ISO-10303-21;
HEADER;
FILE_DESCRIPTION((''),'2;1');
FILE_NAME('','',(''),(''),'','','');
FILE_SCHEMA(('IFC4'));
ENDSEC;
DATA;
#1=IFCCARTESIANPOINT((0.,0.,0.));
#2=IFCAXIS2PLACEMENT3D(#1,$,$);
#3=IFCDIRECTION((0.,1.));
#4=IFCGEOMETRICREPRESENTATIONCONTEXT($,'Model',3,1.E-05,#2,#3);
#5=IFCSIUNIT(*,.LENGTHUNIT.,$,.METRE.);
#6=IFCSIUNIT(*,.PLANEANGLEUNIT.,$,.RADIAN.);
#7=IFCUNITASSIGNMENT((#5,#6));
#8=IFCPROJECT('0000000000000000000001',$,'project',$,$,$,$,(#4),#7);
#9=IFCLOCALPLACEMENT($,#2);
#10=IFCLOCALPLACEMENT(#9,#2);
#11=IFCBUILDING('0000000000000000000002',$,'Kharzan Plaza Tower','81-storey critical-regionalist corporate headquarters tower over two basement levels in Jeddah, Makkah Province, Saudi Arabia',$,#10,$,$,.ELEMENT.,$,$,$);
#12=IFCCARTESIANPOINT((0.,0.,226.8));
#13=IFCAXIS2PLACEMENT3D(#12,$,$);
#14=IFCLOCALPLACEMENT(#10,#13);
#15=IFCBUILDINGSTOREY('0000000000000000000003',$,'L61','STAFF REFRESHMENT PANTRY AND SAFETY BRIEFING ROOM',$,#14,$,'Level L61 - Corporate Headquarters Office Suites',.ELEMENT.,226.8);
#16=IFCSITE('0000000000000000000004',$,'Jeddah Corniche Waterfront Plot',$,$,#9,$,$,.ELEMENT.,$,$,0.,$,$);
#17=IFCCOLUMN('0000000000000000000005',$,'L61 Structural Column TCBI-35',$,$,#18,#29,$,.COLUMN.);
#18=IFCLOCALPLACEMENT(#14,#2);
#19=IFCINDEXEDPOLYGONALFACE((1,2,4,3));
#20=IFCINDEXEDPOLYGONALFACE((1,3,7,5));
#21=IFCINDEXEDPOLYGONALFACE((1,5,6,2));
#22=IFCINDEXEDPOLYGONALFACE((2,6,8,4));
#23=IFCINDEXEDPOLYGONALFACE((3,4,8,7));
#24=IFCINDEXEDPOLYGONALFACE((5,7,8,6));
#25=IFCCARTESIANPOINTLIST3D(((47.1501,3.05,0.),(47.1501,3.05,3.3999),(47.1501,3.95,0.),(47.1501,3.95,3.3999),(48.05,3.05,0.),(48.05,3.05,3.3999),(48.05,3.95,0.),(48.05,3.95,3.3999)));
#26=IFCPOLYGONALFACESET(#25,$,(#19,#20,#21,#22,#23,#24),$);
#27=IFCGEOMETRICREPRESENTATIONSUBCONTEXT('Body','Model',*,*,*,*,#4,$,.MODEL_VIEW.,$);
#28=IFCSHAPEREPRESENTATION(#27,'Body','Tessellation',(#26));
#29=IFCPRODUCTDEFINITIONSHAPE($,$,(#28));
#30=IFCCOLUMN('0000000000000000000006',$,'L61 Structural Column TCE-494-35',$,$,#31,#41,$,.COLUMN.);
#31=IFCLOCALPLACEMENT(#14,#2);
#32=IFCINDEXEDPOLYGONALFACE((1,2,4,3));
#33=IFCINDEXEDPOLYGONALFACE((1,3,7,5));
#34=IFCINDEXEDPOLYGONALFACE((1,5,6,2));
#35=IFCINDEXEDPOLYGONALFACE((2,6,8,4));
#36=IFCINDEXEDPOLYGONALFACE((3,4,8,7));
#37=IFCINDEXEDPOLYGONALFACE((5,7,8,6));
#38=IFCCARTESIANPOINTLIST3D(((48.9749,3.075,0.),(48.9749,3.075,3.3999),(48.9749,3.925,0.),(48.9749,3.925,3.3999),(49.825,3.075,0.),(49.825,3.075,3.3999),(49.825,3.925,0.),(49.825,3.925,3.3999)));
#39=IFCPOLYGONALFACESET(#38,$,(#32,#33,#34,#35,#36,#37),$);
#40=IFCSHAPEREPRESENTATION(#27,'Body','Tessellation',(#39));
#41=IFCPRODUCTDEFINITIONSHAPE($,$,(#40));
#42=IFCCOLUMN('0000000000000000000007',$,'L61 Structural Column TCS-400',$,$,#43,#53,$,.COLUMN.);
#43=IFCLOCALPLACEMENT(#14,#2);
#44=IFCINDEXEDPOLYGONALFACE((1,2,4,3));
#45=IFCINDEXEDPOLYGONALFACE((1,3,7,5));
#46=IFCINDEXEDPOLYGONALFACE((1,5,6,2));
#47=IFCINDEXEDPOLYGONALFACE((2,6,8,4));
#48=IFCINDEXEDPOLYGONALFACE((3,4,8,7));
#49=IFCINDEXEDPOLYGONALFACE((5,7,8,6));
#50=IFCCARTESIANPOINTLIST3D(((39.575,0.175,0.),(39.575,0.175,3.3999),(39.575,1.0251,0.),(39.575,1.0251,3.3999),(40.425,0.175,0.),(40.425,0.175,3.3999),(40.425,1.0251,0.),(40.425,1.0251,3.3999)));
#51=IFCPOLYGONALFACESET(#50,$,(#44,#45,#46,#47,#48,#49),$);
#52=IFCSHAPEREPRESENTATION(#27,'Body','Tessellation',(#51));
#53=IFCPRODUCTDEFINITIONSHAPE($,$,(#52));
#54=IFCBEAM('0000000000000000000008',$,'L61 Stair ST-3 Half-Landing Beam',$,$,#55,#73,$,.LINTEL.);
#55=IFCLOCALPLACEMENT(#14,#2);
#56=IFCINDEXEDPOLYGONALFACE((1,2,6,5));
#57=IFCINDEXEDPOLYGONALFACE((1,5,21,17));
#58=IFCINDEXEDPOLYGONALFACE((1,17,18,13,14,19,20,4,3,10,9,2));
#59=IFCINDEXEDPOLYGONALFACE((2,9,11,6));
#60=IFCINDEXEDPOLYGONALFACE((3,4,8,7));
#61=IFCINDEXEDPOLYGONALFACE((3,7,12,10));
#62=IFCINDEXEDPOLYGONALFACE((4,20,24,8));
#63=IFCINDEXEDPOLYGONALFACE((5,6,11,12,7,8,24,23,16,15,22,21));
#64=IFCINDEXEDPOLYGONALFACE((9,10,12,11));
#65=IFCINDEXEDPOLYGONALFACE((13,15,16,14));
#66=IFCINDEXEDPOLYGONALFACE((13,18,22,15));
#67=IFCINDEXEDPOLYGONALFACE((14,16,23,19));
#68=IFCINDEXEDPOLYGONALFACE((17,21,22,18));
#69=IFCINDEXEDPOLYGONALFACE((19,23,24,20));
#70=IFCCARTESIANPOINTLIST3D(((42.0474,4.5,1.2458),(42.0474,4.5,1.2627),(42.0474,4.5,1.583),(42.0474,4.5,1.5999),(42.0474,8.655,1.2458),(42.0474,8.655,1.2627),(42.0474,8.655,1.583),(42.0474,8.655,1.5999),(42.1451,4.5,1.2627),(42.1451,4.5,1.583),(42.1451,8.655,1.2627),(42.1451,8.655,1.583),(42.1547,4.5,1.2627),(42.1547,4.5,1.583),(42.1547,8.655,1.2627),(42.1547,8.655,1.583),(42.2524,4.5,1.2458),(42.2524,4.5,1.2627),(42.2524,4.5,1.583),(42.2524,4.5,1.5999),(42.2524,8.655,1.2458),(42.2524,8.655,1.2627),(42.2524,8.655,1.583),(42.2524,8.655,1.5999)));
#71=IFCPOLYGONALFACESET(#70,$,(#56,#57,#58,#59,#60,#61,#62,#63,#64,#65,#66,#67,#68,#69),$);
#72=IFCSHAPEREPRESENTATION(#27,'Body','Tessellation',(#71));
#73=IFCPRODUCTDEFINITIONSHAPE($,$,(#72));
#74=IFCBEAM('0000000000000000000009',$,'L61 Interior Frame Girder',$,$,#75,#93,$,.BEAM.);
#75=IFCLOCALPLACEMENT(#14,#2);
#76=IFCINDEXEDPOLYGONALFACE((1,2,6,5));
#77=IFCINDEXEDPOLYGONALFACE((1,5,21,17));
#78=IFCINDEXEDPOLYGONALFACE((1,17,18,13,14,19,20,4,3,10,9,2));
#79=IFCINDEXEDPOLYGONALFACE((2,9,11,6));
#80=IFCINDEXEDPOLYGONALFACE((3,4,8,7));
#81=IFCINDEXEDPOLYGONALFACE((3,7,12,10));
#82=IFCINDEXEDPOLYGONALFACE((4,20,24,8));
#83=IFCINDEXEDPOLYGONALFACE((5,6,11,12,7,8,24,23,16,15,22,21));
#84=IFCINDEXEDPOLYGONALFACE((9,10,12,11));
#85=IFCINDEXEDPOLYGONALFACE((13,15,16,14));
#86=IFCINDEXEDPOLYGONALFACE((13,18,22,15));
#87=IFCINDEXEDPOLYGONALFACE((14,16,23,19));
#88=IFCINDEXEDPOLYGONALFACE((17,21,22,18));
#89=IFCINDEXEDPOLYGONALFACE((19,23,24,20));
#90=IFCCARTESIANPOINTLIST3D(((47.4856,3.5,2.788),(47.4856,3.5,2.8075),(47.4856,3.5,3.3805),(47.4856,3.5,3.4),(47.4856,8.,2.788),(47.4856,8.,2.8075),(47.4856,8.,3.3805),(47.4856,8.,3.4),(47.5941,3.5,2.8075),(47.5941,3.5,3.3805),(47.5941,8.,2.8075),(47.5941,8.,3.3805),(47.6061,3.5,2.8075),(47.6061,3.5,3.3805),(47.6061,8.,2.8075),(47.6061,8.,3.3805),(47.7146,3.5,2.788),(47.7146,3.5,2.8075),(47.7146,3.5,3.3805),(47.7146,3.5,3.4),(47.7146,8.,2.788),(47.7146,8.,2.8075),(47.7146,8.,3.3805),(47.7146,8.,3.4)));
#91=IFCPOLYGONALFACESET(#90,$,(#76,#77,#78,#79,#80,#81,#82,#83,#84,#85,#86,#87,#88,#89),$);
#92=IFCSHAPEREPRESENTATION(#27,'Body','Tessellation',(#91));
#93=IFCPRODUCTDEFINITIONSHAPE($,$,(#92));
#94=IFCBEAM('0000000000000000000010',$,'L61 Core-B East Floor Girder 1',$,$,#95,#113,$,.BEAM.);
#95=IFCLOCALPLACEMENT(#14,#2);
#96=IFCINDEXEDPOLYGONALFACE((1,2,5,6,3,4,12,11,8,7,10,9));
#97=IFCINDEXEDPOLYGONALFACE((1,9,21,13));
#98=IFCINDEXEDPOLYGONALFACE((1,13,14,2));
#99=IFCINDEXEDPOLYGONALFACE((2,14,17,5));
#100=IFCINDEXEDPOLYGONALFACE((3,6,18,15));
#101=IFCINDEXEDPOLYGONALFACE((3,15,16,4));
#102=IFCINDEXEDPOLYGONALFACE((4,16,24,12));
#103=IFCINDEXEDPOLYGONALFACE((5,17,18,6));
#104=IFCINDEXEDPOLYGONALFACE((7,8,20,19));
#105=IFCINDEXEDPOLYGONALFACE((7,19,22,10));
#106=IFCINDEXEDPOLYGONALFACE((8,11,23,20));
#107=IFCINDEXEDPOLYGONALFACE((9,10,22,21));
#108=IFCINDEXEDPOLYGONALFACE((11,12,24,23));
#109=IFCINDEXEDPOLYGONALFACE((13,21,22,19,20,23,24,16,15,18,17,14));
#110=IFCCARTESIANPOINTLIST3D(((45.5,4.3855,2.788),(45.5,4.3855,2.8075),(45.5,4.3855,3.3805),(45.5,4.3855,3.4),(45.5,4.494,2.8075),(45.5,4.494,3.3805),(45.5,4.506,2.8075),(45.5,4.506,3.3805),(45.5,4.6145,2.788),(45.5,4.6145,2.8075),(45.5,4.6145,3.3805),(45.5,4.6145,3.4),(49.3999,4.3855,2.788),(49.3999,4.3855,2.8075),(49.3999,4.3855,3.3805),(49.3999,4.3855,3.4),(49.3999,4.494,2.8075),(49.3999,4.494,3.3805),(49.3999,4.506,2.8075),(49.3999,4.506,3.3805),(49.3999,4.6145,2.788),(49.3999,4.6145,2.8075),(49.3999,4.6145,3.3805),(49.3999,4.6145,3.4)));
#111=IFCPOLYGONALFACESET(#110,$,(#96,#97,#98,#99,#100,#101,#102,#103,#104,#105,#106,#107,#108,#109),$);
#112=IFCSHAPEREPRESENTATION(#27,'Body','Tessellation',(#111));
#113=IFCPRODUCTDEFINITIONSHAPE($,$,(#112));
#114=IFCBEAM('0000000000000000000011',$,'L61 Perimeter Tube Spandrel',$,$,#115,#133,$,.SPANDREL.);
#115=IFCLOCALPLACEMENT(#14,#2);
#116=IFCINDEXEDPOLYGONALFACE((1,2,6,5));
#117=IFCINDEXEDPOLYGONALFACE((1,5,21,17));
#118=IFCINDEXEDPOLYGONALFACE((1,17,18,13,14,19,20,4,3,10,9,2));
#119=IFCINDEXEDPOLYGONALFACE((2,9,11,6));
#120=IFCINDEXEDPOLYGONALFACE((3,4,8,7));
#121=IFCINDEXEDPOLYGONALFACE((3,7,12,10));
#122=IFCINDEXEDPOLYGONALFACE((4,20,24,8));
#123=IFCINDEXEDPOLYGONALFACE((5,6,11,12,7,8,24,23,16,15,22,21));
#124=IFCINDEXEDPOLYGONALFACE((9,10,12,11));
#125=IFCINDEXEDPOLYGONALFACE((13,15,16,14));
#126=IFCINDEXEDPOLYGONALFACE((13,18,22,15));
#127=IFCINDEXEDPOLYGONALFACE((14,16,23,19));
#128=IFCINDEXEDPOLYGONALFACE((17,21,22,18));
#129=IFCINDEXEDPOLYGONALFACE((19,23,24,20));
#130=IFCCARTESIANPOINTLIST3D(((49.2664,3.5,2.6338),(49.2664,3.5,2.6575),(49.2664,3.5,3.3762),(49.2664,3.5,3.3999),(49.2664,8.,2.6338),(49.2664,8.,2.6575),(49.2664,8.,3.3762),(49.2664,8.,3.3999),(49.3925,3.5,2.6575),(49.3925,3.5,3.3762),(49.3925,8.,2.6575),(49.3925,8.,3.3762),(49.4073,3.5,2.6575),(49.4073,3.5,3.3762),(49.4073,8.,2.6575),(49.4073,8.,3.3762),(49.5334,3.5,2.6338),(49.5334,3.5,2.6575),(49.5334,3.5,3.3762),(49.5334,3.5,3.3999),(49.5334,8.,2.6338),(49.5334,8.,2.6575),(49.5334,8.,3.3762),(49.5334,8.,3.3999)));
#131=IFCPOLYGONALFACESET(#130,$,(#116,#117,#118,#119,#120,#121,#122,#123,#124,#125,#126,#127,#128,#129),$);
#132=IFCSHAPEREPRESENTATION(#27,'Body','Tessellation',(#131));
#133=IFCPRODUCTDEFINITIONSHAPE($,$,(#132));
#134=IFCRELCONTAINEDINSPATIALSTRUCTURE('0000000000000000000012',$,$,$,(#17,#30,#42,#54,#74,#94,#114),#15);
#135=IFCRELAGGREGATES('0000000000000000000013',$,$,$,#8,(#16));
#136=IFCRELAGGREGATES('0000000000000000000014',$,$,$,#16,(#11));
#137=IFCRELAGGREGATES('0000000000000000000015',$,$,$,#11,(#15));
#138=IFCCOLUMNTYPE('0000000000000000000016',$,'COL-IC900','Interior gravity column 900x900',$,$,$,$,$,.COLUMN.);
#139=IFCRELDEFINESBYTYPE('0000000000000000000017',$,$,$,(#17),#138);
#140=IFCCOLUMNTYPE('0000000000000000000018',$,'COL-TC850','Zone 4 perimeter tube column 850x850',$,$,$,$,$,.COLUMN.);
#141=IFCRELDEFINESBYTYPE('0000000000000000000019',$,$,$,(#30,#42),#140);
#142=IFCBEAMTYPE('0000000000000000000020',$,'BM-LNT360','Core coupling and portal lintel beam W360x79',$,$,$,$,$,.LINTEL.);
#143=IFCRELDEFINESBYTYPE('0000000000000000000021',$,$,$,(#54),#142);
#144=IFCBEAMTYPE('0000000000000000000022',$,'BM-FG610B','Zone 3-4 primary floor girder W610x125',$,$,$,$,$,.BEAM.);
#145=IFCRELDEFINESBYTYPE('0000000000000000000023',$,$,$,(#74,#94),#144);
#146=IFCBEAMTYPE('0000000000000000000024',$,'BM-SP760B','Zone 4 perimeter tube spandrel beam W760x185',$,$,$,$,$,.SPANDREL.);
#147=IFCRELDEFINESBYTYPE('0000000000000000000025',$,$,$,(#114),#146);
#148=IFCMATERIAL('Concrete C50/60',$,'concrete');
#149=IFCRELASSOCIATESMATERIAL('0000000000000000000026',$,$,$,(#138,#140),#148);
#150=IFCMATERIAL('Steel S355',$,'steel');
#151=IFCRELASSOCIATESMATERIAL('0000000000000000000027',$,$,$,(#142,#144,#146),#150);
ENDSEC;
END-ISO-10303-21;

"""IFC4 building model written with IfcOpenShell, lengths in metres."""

from ifc_helpers import new_model, si_unit, direction, frame, origin, origin_2d, place, context, subcontext, project, spatial, rectangle, i_section, extrude, source, transform, mapped, material, material_profile, profile_set, type_object, element, save


model = new_model("IFC4")

# Units and contexts
model_context = context("Model", 3, precision=1e-05, world=origin(), true_north=direction((0.0, 1.0)))
body_context = subcontext(model_context, "Body", "Model", "MODEL_VIEW")
ifc_project = project(units=[si_unit("LENGTHUNIT", "METRE"), si_unit("PLANEANGLEUNIT", "RADIAN")], contexts=[model_context])

# Site, building, storey
site_placement = place(None, origin())
site = spatial("IfcSite", under=ifc_project, at=site_placement, Name="Jeddah Corniche Waterfront Plot", CompositionType="ELEMENT", RefElevation=0.0)
building_placement = place(site_placement, origin())
building = spatial("IfcBuilding", under=site, at=building_placement, Name="Kharzan Plaza Tower", Description="81-storey critical-regionalist corporate headquarters tower over two basement levels in Jeddah, Makkah Province, Saudi Arabia", CompositionType="ELEMENT")
storey_placement = place(building_placement, frame((0.0, 0.0, 226.8)))
storey = spatial("IfcBuildingStorey", under=building, at=storey_placement, Name="L61", Description="STAFF REFRESHMENT PANTRY AND SAFETY BRIEFING ROOM", LongName="Level L61 - Corporate Headquarters Office Suites", CompositionType="ELEMENT", Elevation=226.8)

# Columns
ifc_material_1 = material(Name="Concrete C50/60", Category="concrete")
ifc_material_profile_1 = material_profile(ifc_material_1, rectangle(XDim=0.8999, YDim=0.8999, at=origin_2d()), Name="RC-IC900x900")
ifc_profile_set_1 = profile_set([ifc_material_profile_1], Name="Concrete C50/60")
column_type_1 = type_object("IfcColumnType", Name="COL-IC900", Description="Interior gravity column 900x900", PredefinedType="COLUMN", material=ifc_profile_set_1)
shared_shape_1 = source(origin(), body_context, "Body", "SweptSolid", [
    extrude(rectangle(XDim=0.8999, YDim=0.8999, at=origin_2d()), origin(), (0.0, 0.0, 1.0), 3.3999),
])
column_placement = place(storey_placement, frame((47.6001, 3.5, 0.0), z_axis=(0.0, 0.0, 1.0), x_axis=(1.0, 0.0, 0.0)))
element("IfcColumn", 1, at=column_placement, inside=storey, type_object=column_type_1, Name="L61 Structural Column TCBI-35", PredefinedType="COLUMN", context=body_context, shape_type="MappedRepresentation", body=[
    mapped(shared_shape_1, transform((0.0, 0.0, 0.0), x_axis=(1.0, 0.0, 0.0), y_axis=(0.0, 1.0, 0.0), z_axis=(0.0, 0.0, 1.0))),
])
ifc_material_profile_2 = material_profile(ifc_material_1, rectangle(XDim=0.8501, YDim=0.8501, at=origin_2d()), Name="RC-TC850x850")
ifc_profile_set_2 = profile_set([ifc_material_profile_2], Name="Concrete C50/60")
column_type_2 = type_object("IfcColumnType", Name="COL-TC850", Description="Zone 4 perimeter tube column 850x850", PredefinedType="COLUMN", material=ifc_profile_set_2)
shared_shape_2 = source(origin(), body_context, "Body", "SweptSolid", [
    extrude(rectangle(XDim=0.8501, YDim=0.8501, at=origin_2d()), origin(), (0.0, 0.0, 1.0), 3.3999),
])
for number, where, z_axis, x_axis, name in (
    (2, (49.3999, 3.5, 0.0), (0.0, 0.0, 1.0), (1.0, 0.0, 0.0), "L61 Structural Column TCE-494-35"),
    (3, (40.0, 0.6001, 0.0), (0.0, 0.0, 1.0), (1.0, 0.0, 0.0), "L61 Structural Column TCS-400"),
):
    element("IfcColumn", number, at=place(storey_placement, frame(where, z_axis=z_axis, x_axis=x_axis)), inside=storey, type_object=column_type_2, Name=name, PredefinedType="COLUMN", context=body_context, shape_type="MappedRepresentation", body=[
        mapped(shared_shape_2, transform((0.0, 0.0, 0.0), x_axis=(1.0, 0.0, 0.0), y_axis=(0.0, 1.0, 0.0), z_axis=(0.0, 0.0, 1.0))),
    ])

# Beams
ifc_material_2 = material(Name="Steel S355", Category="steel")
ifc_material_profile_3 = material_profile(ifc_material_2, i_section(OverallWidth=0.2051, OverallDepth=0.354, WebThickness=0.0095, FlangeThickness=0.0168, at=origin_2d()), Name="W360x79")
ifc_profile_set_3 = profile_set([ifc_material_profile_3], Name="Steel S355")
beam_type_1 = type_object("IfcBeamType", Name="BM-LNT360", Description="Core coupling and portal lintel beam W360x79", PredefinedType="LINTEL", material=ifc_profile_set_3)
shared_shape_3 = source(origin(), body_context, "Body", "SweptSolid", [
    extrude(i_section(OverallWidth=0.2051, OverallDepth=0.354, WebThickness=0.0095, FlangeThickness=0.0168, at=origin_2d()), origin(), (0.0, 0.0, 1.0), 4.155),
])
beam_1_placement = place(storey_placement, frame((42.1499, 4.5, 1.4229), z_axis=(0.0, 1.0, 0.0), x_axis=(-1.0, 0.0, 0.0)))
element("IfcBeam", 4, at=beam_1_placement, inside=storey, type_object=beam_type_1, Name="L61 Stair ST-3 Half-Landing Beam", PredefinedType="LINTEL", context=body_context, shape_type="MappedRepresentation", body=[
    mapped(shared_shape_3, transform((0.0, 0.0, 0.0), x_axis=(1.0, 0.0, 0.0), y_axis=(0.0, 1.0, 0.0), z_axis=(0.0, 0.0, 1.0))),
])
ifc_material_profile_4 = material_profile(ifc_material_2, i_section(OverallWidth=0.229, OverallDepth=0.6121, WebThickness=0.012, FlangeThickness=0.0195, at=origin_2d()), Name="W610x125")
ifc_profile_set_4 = profile_set([ifc_material_profile_4], Name="Steel S355")
beam_type_2 = type_object("IfcBeamType", Name="BM-FG610B", Description="Zone 3-4 primary floor girder W610x125", PredefinedType="BEAM", material=ifc_profile_set_4)
shared_shape_4 = source(origin(), body_context, "Body", "SweptSolid", [
    extrude(i_section(OverallWidth=0.229, OverallDepth=0.6121, WebThickness=0.012, FlangeThickness=0.0195, at=origin_2d()), origin(), (0.0, 0.0, 1.0), 4.5),
])
beam_2_placement = place(storey_placement, frame((47.6001, 3.5, 3.094), z_axis=(0.0, 1.0, 0.0), x_axis=(-1.0, 0.0, 0.0)))
element("IfcBeam", 5, at=beam_2_placement, inside=storey, type_object=beam_type_2, Name="L61 Interior Frame Girder", PredefinedType="BEAM", context=body_context, shape_type="MappedRepresentation", body=[
    mapped(shared_shape_4, transform((0.0, 0.0, 0.0), x_axis=(1.0, 0.0, 0.0), y_axis=(0.0, 1.0, 0.0), z_axis=(0.0, 0.0, 1.0))),
])
shared_shape_5 = source(origin(), body_context, "Body", "SweptSolid", [
    extrude(i_section(OverallWidth=0.229, OverallDepth=0.6121, WebThickness=0.012, FlangeThickness=0.0195, at=origin_2d()), origin(), (0.0, 0.0, 1.0), 3.8999),
])
beam_3_placement = place(storey_placement, frame((45.5, 4.5, 3.094), z_axis=(1.0, 0.0, 0.0), x_axis=(0.0, 1.0, 0.0)))
element("IfcBeam", 6, at=beam_3_placement, inside=storey, type_object=beam_type_2, Name="L61 Core-B East Floor Girder 1", PredefinedType="BEAM", context=body_context, shape_type="MappedRepresentation", body=[
    mapped(shared_shape_5, transform((0.0, 0.0, 0.0), x_axis=(1.0, 0.0, 0.0), y_axis=(0.0, 1.0, 0.0), z_axis=(0.0, 0.0, 1.0))),
])
ifc_material_profile_5 = material_profile(ifc_material_2, i_section(OverallWidth=0.2671, OverallDepth=0.7661, WebThickness=0.0149, FlangeThickness=0.0237, at=origin_2d()), Name="W760x185")
ifc_profile_set_5 = profile_set([ifc_material_profile_5], Name="Steel S355")
beam_type_3 = type_object("IfcBeamType", Name="BM-SP760B", Description="Zone 4 perimeter tube spandrel beam W760x185", PredefinedType="SPANDREL", material=ifc_profile_set_5)
shared_shape_6 = source(origin(), body_context, "Body", "SweptSolid", [
    extrude(i_section(OverallWidth=0.2671, OverallDepth=0.7661, WebThickness=0.0149, FlangeThickness=0.0237, at=origin_2d()), origin(), (0.0, 0.0, 1.0), 4.5),
])
beam_4_placement = place(storey_placement, frame((49.3999, 3.5, 3.0168), z_axis=(0.0, 1.0, 0.0), x_axis=(-1.0, 0.0, 0.0)))
element("IfcBeam", 7, at=beam_4_placement, inside=storey, type_object=beam_type_3, Name="L61 Perimeter Tube Spandrel", PredefinedType="SPANDREL", context=body_context, shape_type="MappedRepresentation", body=[
    mapped(shared_shape_6, transform((0.0, 0.0, 0.0), x_axis=(1.0, 0.0, 0.0), y_axis=(0.0, 1.0, 0.0), z_axis=(0.0, 0.0, 1.0))),
])

save(model, "model.ifc")
